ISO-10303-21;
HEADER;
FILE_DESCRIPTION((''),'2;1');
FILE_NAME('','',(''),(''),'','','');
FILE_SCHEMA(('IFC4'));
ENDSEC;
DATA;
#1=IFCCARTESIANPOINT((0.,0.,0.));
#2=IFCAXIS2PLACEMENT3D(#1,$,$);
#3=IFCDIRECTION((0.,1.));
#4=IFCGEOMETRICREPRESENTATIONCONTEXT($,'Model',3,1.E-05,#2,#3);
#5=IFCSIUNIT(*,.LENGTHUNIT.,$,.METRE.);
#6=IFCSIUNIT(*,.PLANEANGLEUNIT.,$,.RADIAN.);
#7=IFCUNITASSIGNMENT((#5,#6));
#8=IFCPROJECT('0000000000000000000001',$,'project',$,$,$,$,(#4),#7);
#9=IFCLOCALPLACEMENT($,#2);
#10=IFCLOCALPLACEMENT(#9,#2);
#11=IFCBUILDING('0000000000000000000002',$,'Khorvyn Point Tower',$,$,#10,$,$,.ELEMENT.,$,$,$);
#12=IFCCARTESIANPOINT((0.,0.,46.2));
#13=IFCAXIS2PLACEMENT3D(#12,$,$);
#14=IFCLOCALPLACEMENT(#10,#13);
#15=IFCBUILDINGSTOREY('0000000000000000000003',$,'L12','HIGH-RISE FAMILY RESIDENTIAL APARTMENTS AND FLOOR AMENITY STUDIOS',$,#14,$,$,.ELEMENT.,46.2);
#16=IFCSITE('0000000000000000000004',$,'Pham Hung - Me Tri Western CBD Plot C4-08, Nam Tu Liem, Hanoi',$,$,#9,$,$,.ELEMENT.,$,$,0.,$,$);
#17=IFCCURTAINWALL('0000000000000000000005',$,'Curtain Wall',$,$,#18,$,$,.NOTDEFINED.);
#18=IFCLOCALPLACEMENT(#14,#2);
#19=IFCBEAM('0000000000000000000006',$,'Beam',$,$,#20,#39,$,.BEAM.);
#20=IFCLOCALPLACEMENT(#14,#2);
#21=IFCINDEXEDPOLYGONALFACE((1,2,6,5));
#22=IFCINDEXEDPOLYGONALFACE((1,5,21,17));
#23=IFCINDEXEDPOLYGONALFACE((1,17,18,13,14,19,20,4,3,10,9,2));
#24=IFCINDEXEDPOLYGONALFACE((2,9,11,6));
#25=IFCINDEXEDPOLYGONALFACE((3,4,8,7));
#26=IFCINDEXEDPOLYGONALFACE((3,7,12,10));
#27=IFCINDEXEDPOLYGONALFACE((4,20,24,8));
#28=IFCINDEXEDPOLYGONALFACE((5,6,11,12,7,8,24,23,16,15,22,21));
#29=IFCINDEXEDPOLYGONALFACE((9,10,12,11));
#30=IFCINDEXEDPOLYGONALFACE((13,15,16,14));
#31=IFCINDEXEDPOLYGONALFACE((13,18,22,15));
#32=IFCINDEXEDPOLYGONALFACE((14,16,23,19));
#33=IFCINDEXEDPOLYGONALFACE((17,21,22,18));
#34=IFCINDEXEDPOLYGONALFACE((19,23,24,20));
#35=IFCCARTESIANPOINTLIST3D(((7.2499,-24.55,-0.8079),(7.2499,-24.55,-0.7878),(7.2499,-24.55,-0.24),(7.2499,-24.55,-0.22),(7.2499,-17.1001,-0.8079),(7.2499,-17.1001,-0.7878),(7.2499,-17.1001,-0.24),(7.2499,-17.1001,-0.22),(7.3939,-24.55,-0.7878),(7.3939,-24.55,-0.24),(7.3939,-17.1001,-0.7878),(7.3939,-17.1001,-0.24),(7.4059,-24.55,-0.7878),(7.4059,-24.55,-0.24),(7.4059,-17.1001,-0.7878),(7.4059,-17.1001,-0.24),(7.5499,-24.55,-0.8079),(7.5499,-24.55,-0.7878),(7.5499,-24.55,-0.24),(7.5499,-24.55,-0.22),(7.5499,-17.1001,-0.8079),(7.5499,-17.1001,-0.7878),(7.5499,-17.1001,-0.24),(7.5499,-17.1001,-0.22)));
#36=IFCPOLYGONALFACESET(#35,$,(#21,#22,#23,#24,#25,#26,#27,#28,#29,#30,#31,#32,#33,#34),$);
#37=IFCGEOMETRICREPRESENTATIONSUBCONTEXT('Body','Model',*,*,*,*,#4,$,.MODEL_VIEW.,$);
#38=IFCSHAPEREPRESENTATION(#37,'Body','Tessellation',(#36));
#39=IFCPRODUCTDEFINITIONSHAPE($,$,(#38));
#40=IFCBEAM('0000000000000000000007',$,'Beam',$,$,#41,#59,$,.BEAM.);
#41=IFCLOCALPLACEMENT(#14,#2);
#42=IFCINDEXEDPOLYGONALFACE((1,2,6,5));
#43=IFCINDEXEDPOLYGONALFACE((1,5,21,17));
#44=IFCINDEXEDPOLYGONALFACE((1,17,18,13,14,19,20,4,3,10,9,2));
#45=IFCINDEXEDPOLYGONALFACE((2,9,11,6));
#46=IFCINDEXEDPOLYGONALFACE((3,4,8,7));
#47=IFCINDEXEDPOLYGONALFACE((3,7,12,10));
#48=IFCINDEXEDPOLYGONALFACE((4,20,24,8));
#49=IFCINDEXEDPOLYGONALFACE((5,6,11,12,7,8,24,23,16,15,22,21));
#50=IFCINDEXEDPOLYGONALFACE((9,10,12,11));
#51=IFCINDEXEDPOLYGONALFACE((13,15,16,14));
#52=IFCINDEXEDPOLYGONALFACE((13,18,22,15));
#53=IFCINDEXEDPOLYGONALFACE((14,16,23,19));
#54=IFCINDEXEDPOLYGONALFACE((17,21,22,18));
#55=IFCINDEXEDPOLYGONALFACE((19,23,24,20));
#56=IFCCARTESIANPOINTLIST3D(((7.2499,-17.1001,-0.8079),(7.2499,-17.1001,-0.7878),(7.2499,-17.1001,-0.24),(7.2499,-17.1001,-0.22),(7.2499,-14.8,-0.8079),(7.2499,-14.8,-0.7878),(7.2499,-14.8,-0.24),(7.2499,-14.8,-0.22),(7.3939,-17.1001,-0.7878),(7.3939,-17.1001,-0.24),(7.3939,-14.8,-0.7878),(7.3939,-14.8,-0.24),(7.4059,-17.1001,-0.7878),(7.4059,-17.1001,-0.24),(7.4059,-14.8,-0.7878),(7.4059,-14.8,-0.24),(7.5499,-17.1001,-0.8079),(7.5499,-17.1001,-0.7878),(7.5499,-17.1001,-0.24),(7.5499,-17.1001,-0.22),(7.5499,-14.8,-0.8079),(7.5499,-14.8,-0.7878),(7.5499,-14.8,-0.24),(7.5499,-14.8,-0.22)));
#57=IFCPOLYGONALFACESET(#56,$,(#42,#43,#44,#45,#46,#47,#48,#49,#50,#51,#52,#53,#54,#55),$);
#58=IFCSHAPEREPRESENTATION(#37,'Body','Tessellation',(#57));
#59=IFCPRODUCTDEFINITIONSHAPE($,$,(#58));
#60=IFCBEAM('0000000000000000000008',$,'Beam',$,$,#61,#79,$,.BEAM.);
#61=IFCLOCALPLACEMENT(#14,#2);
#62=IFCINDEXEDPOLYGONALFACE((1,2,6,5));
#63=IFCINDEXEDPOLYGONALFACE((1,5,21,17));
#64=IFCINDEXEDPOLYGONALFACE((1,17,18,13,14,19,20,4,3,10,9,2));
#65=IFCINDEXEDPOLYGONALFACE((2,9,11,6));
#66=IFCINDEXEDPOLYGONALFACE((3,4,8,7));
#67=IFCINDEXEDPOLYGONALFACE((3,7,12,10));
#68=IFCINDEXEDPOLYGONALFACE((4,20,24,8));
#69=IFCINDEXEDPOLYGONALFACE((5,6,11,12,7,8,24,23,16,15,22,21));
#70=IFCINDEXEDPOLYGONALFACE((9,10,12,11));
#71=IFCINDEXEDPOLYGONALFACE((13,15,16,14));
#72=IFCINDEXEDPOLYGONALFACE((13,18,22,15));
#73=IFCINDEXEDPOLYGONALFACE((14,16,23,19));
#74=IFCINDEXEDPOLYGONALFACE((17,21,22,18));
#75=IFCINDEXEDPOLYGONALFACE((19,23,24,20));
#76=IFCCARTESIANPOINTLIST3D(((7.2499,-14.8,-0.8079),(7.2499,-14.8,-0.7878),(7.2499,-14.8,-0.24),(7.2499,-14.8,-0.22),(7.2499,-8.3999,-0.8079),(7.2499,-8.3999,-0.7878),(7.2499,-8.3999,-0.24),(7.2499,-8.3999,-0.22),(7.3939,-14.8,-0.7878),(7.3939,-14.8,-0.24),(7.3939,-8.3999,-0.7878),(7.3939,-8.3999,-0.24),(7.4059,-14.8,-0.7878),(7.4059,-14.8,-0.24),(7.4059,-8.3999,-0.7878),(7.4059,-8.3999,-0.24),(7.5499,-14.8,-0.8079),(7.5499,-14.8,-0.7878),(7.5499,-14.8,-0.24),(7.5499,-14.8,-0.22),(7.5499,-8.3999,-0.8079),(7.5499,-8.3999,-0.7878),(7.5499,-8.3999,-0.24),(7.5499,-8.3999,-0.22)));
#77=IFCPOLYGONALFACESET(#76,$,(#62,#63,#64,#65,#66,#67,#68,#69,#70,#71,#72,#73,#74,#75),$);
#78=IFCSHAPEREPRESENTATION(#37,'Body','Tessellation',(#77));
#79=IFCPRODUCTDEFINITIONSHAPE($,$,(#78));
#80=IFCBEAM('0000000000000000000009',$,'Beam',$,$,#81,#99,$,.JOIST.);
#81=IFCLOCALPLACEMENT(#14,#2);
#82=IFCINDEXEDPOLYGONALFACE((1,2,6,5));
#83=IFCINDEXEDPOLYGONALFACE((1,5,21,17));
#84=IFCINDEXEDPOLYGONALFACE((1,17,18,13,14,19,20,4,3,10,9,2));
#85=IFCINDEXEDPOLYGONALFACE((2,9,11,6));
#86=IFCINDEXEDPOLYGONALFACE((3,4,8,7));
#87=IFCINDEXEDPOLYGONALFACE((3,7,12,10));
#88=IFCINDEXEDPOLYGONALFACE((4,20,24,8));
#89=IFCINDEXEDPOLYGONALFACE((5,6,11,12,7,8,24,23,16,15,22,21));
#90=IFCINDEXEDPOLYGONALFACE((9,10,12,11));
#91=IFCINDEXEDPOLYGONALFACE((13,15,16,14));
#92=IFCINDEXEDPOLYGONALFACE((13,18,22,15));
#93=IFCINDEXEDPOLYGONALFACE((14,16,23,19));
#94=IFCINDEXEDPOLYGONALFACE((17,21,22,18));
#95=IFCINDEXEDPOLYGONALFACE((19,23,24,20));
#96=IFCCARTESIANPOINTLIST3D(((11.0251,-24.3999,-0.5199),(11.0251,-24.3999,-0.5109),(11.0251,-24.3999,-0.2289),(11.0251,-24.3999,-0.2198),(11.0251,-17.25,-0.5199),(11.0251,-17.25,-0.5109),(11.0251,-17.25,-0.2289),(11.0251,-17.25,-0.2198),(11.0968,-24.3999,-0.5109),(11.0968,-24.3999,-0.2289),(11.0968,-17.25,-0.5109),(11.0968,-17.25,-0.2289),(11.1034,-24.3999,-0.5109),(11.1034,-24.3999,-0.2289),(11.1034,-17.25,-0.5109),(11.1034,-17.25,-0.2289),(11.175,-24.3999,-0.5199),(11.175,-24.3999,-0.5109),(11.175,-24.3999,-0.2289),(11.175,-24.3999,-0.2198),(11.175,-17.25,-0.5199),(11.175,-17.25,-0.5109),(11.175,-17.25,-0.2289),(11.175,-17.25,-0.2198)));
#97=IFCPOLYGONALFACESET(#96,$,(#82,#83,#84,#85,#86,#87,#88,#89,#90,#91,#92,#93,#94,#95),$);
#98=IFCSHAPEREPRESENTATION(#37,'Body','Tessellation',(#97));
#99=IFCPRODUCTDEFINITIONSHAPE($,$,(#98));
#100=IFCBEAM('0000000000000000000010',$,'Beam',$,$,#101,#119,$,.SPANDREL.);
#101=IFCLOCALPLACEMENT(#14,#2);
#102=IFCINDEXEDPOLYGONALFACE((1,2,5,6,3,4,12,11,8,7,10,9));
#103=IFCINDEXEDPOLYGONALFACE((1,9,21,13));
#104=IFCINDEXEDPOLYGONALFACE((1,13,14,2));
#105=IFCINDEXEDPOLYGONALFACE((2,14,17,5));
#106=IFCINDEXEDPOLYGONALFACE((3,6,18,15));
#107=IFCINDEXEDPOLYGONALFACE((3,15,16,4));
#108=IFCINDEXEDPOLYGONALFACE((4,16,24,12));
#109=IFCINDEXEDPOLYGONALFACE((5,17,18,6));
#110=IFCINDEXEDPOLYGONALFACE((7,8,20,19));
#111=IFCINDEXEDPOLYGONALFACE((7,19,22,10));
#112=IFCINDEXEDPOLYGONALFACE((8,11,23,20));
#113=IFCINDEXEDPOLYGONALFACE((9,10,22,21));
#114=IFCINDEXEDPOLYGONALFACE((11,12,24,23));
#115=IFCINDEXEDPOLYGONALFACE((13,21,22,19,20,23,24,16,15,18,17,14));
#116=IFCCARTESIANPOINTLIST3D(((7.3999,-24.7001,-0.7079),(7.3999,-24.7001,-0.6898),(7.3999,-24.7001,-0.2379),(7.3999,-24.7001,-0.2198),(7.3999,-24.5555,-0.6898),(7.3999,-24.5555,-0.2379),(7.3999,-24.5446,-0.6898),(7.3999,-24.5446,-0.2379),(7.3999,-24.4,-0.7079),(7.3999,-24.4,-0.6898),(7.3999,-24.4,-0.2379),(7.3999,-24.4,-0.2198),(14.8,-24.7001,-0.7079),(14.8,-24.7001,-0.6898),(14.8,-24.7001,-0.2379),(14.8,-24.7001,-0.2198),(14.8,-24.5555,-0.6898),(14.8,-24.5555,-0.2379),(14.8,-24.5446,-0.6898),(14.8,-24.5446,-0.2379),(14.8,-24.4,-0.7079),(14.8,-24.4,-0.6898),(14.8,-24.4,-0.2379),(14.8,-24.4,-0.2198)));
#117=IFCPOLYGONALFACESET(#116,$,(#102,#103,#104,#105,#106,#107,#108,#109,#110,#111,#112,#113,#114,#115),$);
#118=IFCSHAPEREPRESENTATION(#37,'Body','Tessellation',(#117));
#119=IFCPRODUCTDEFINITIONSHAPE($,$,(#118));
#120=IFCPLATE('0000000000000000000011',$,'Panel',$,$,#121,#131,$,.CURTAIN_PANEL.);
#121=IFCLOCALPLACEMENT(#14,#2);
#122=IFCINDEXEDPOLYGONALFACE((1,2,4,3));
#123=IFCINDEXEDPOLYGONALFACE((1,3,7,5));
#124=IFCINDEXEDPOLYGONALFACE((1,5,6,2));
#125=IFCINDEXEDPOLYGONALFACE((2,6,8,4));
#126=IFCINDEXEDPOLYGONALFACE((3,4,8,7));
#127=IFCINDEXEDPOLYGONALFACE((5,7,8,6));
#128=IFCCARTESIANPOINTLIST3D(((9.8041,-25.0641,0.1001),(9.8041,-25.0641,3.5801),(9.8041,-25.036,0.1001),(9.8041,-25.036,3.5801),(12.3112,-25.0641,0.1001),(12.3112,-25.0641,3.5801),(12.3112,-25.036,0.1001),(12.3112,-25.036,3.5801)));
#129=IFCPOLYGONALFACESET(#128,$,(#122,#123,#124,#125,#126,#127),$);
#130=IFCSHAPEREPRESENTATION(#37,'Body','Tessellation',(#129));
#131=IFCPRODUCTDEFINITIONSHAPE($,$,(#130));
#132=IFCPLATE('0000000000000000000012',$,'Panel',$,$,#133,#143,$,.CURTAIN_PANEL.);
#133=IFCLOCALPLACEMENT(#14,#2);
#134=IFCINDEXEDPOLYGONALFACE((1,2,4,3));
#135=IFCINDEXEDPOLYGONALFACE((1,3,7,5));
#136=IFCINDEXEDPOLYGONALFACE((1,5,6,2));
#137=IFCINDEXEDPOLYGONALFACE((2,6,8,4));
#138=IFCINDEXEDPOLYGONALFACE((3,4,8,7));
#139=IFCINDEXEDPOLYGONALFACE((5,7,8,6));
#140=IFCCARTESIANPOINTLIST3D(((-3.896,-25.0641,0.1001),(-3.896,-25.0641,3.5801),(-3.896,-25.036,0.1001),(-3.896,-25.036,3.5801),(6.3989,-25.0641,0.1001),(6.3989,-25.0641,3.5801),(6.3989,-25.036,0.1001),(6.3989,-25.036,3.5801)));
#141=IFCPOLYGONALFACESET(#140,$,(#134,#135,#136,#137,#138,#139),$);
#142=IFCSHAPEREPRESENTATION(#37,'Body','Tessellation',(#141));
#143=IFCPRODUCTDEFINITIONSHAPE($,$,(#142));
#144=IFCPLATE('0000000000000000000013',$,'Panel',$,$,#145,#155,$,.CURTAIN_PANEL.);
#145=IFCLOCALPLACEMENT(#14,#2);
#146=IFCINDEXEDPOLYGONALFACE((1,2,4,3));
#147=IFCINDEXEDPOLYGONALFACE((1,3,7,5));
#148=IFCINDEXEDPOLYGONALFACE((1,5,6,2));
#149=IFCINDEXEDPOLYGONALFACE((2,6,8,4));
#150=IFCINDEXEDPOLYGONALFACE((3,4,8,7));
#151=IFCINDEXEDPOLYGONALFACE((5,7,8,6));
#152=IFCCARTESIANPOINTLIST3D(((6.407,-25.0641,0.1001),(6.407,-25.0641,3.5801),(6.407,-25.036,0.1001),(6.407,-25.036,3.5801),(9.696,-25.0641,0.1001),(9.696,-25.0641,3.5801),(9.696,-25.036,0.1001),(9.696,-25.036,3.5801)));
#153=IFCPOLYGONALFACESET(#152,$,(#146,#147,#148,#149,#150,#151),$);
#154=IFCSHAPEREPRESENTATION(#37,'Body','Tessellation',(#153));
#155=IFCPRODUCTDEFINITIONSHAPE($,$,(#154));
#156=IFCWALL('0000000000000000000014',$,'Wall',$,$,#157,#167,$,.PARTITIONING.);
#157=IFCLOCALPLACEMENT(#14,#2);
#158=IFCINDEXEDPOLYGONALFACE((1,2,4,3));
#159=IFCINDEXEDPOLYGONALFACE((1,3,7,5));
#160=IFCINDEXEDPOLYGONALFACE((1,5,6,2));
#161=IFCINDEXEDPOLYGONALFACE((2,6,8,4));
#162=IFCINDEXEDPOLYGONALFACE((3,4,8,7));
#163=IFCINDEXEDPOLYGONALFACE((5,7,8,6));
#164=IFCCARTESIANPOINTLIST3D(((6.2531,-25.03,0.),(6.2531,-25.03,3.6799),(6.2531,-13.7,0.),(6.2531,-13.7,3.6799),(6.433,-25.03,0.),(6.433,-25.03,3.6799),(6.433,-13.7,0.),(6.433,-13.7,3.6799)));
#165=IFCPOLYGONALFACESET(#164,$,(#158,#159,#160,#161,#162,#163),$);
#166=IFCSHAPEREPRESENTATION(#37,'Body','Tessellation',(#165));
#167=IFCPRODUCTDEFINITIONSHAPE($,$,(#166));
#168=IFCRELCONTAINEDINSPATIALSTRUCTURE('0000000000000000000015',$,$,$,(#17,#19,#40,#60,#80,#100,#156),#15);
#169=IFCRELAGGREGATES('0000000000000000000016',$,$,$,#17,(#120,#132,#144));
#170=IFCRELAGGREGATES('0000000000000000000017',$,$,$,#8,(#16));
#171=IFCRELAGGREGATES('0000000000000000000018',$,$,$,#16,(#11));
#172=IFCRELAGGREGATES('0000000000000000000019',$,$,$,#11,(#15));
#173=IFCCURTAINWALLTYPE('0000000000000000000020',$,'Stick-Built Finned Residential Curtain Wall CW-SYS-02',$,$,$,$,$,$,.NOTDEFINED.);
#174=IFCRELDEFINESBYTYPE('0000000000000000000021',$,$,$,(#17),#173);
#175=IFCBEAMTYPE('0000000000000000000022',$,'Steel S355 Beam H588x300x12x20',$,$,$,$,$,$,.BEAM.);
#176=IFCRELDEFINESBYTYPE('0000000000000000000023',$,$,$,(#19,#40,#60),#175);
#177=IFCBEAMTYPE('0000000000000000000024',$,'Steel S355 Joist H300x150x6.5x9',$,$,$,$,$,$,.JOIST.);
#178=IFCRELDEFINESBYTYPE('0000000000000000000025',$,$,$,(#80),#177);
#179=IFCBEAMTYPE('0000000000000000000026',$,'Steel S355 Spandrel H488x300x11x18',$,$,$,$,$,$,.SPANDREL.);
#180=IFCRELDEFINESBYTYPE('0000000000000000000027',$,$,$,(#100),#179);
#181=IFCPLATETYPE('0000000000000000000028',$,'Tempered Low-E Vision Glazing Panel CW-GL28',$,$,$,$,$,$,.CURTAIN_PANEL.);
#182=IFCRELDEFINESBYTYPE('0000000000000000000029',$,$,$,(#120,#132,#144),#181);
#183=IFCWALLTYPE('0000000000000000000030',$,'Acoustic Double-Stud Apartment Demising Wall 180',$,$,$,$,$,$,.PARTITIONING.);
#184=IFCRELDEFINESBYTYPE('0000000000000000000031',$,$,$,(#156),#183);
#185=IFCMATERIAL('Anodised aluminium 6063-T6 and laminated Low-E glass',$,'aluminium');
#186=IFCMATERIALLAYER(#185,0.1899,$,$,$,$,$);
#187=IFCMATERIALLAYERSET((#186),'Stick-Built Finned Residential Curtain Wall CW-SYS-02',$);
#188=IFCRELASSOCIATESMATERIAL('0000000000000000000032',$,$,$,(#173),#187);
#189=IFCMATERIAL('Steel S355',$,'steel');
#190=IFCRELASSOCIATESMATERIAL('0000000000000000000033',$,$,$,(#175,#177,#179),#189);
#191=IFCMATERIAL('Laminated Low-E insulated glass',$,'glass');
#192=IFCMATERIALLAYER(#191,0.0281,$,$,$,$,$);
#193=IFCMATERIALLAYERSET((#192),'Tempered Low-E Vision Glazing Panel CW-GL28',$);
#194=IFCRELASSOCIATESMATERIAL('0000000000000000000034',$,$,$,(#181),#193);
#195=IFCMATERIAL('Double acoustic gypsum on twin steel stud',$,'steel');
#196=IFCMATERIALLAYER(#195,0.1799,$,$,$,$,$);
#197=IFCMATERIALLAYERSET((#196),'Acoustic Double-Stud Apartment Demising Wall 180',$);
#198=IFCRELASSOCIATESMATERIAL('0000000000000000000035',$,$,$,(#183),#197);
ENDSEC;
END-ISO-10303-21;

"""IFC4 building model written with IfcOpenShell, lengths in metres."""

from ifc_helpers import new_model, si_unit, direction, frame, frame_2d, origin, origin_2d, place, context, subcontext, project, spatial, rectangle, i_section, extrude, material, layer, layer_set, material_profile, profile_set, type_object, element, aggregate, save


model = new_model("IFC4")

# Units and contexts
model_context = context("Model", 3, precision=1e-05, world=origin(), true_north=direction((0.0, 1.0)))
body_context = subcontext(model_context, "Body", "Model", "MODEL_VIEW")
ifc_project = project(units=[si_unit("LENGTHUNIT", "METRE"), si_unit("PLANEANGLEUNIT", "RADIAN")], contexts=[model_context])

# Site, building, storey
site_placement = place(None, origin())
site = spatial("IfcSite", under=ifc_project, at=site_placement, Name="Pham Hung - Me Tri Western CBD Plot C4-08, Nam Tu Liem, Hanoi", CompositionType="ELEMENT", RefElevation=0.0)
building_placement = place(site_placement, origin())
building = spatial("IfcBuilding", under=site, at=building_placement, Name="Khorvyn Point Tower", CompositionType="ELEMENT")
storey_placement = place(building_placement, frame((0.0, 0.0, 46.2)))
storey = spatial("IfcBuildingStorey", under=building, at=storey_placement, Name="L12", Description="HIGH-RISE FAMILY RESIDENTIAL APARTMENTS AND FLOOR AMENITY STUDIOS", CompositionType="ELEMENT", Elevation=46.2)

# Curtain wall
ifc_material_1 = material(Name="Anodised aluminium 6063-T6 and laminated Low-E glass", Category="aluminium")
ifc_layer_1 = layer(ifc_material_1, 0.1899)
ifc_layer_set_1 = layer_set([ifc_layer_1], Name="Stick-Built Finned Residential Curtain Wall CW-SYS-02")
curtain_wall_type = type_object("IfcCurtainWallType", Name="Stick-Built Finned Residential Curtain Wall CW-SYS-02", PredefinedType="NOTDEFINED", material=ifc_layer_set_1)
curtain_wall_placement = place(storey_placement, origin())
curtain_wall = element("IfcCurtainWall", 1, at=curtain_wall_placement, inside=storey, type_object=curtain_wall_type, Name="Curtain Wall", PredefinedType="NOTDEFINED")

# Beams
ifc_material_2 = material(Name="Steel S355", Category="steel")
ifc_material_profile_1 = material_profile(ifc_material_2, i_section(OverallWidth=0.3, OverallDepth=0.5879, WebThickness=0.012, FlangeThickness=0.02, at=origin_2d()))
ifc_profile_set_1 = profile_set([ifc_material_profile_1], Name="Steel S355 H588x300x12x20")
beam_type_1 = type_object("IfcBeamType", Name="Steel S355 Beam H588x300x12x20", PredefinedType="BEAM", material=ifc_profile_set_1)
beam_1_placement = place(storey_placement, frame((7.3999, -24.55, -0.5139), z_axis=(0.0, 1.0, 0.0), x_axis=(-1.0, 0.0, 0.0)))
element("IfcBeam", 2, at=beam_1_placement, inside=storey, type_object=beam_type_1, Name="Beam", PredefinedType="BEAM", context=body_context, shape_type="SweptSolid", body=[
    extrude(i_section(OverallWidth=0.3, OverallDepth=0.5879, WebThickness=0.012, FlangeThickness=0.02, at=origin_2d()), origin(), (0.0, 0.0, 1.0), 7.45),
])
beam_2_placement = place(storey_placement, frame((7.3999, -17.1001, -0.5139), z_axis=(0.0, 1.0, 0.0), x_axis=(-1.0, 0.0, 0.0)))
element("IfcBeam", 3, at=beam_2_placement, inside=storey, type_object=beam_type_1, Name="Beam", PredefinedType="BEAM", context=body_context, shape_type="SweptSolid", body=[
    extrude(i_section(OverallWidth=0.3, OverallDepth=0.5879, WebThickness=0.012, FlangeThickness=0.02, at=origin_2d()), origin(), (0.0, 0.0, 1.0), 2.3),
])
beam_3_placement = place(storey_placement, frame((7.3999, -14.8, -0.5139), z_axis=(0.0, 1.0, 0.0), x_axis=(-1.0, 0.0, 0.0)))
element("IfcBeam", 4, at=beam_3_placement, inside=storey, type_object=beam_type_1, Name="Beam", PredefinedType="BEAM", context=body_context, shape_type="SweptSolid", body=[
    extrude(i_section(OverallWidth=0.3, OverallDepth=0.5879, WebThickness=0.012, FlangeThickness=0.02, at=origin_2d()), origin(), (0.0, 0.0, 1.0), 6.4001),
])
ifc_material_profile_2 = material_profile(ifc_material_2, i_section(OverallWidth=0.1499, OverallDepth=0.3, WebThickness=0.0066, FlangeThickness=0.009, at=origin_2d()))
ifc_profile_set_2 = profile_set([ifc_material_profile_2], Name="Steel S355 H300x150x6.5x9")
beam_type_2 = type_object("IfcBeamType", Name="Steel S355 Joist H300x150x6.5x9", PredefinedType="JOIST", material=ifc_profile_set_2)
beam_4_placement = place(storey_placement, frame((11.1001, -24.3999, -0.3699), z_axis=(0.0, 1.0, 0.0), x_axis=(-1.0, 0.0, 0.0)))
element("IfcBeam", 5, at=beam_4_placement, inside=storey, type_object=beam_type_2, Name="Beam", PredefinedType="JOIST", context=body_context, shape_type="SweptSolid", body=[
    extrude(i_section(OverallWidth=0.1499, OverallDepth=0.3, WebThickness=0.0066, FlangeThickness=0.009, at=origin_2d()), origin(), (0.0, 0.0, 1.0), 7.1499),
])
ifc_material_profile_3 = material_profile(ifc_material_2, i_section(OverallWidth=0.3, OverallDepth=0.488, WebThickness=0.011, FlangeThickness=0.0181, at=origin_2d()))
ifc_profile_set_3 = profile_set([ifc_material_profile_3], Name="Steel S355 H488x300x11x18")
beam_type_3 = type_object("IfcBeamType", Name="Steel S355 Spandrel H488x300x11x18", PredefinedType="SPANDREL", material=ifc_profile_set_3)
beam_5_placement = place(storey_placement, frame((7.3999, -24.55, -0.4639), z_axis=(1.0, 0.0, 0.0), x_axis=(0.0, 1.0, 0.0)))
element("IfcBeam", 6, at=beam_5_placement, inside=storey, type_object=beam_type_3, Name="Beam", PredefinedType="SPANDREL", context=body_context, shape_type="SweptSolid", body=[
    extrude(i_section(OverallWidth=0.3, OverallDepth=0.488, WebThickness=0.011, FlangeThickness=0.0181, at=origin_2d()), origin(), (0.0, 0.0, 1.0), 7.4001),
])

# Plates
ifc_material_3 = material(Name="Laminated Low-E insulated glass", Category="glass")
ifc_layer_2 = layer(ifc_material_3, 0.0281)
ifc_layer_set_2 = layer_set([ifc_layer_2], Name="Tempered Low-E Vision Glazing Panel CW-GL28")
plate_type = type_object("IfcPlateType", Name="Tempered Low-E Vision Glazing Panel CW-GL28", PredefinedType="CURTAIN_PANEL", material=ifc_layer_set_2)
plate_1_placement = place(storey_placement, frame((11.0576, -25.05, 0.1001), z_axis=(0.0, 0.0, 1.0), x_axis=(-1.0, 0.0, 0.0)))
plate_1 = element("IfcPlate", 7, at=plate_1_placement, type_object=plate_type, Name="Panel", PredefinedType="CURTAIN_PANEL", context=body_context, shape_type="SweptSolid", body=[
    extrude(rectangle(XDim=2.5071, YDim=0.0281, at=origin_2d()), origin(), (0.0, 0.0, 1.0), 3.48),
])
plate_2_placement = place(storey_placement, frame((1.2515, -25.05, 0.1001), z_axis=(0.0, 0.0, 1.0), x_axis=(-1.0, 0.0, 0.0)))
plate_2 = element("IfcPlate", 8, at=plate_2_placement, type_object=plate_type, Name="Panel", PredefinedType="CURTAIN_PANEL", context=body_context, shape_type="SweptSolid", body=[
    extrude(rectangle(XDim=10.2949, YDim=0.0281, at=origin_2d()), origin(), (0.0, 0.0, 1.0), 3.48),
])
plate_3_placement = place(storey_placement, frame((8.0515, -25.05, 0.1001), z_axis=(0.0, 0.0, 1.0), x_axis=(-1.0, 0.0, 0.0)))
plate_3 = element("IfcPlate", 9, at=plate_3_placement, type_object=plate_type, Name="Panel", PredefinedType="CURTAIN_PANEL", context=body_context, shape_type="SweptSolid", body=[
    extrude(rectangle(XDim=3.2891, YDim=0.0281, at=origin_2d()), origin(), (0.0, 0.0, 1.0), 3.48),
])
aggregate(curtain_wall, [plate_1, plate_2, plate_3])

# Wall
ifc_material_4 = material(Name="Double acoustic gypsum on twin steel stud", Category="steel")
ifc_layer_3 = layer(ifc_material_4, 0.1799)
ifc_layer_set_3 = layer_set([ifc_layer_3], Name="Acoustic Double-Stud Apartment Demising Wall 180")
wall_type_1 = type_object("IfcWallType", Name="Acoustic Double-Stud Apartment Demising Wall 180", PredefinedType="PARTITIONING", material=ifc_layer_set_3)
wall_1_placement = place(storey_placement, frame((6.343, -25.03, 0.0), z_axis=(0.0, 0.0, 1.0), x_axis=(0.0, 1.0, 0.0)))
element("IfcWall", 10, at=wall_1_placement, inside=storey, type_object=wall_type_1, Name="Wall", PredefinedType="PARTITIONING", context=body_context, shape_type="SweptSolid", body=[
    extrude(rectangle(XDim=11.3301, YDim=0.1799, at=frame_2d((5.665, 0.0))), origin(), (0.0, 0.0, 1.0), 3.6799),
])

save(model, "model.ifc")
